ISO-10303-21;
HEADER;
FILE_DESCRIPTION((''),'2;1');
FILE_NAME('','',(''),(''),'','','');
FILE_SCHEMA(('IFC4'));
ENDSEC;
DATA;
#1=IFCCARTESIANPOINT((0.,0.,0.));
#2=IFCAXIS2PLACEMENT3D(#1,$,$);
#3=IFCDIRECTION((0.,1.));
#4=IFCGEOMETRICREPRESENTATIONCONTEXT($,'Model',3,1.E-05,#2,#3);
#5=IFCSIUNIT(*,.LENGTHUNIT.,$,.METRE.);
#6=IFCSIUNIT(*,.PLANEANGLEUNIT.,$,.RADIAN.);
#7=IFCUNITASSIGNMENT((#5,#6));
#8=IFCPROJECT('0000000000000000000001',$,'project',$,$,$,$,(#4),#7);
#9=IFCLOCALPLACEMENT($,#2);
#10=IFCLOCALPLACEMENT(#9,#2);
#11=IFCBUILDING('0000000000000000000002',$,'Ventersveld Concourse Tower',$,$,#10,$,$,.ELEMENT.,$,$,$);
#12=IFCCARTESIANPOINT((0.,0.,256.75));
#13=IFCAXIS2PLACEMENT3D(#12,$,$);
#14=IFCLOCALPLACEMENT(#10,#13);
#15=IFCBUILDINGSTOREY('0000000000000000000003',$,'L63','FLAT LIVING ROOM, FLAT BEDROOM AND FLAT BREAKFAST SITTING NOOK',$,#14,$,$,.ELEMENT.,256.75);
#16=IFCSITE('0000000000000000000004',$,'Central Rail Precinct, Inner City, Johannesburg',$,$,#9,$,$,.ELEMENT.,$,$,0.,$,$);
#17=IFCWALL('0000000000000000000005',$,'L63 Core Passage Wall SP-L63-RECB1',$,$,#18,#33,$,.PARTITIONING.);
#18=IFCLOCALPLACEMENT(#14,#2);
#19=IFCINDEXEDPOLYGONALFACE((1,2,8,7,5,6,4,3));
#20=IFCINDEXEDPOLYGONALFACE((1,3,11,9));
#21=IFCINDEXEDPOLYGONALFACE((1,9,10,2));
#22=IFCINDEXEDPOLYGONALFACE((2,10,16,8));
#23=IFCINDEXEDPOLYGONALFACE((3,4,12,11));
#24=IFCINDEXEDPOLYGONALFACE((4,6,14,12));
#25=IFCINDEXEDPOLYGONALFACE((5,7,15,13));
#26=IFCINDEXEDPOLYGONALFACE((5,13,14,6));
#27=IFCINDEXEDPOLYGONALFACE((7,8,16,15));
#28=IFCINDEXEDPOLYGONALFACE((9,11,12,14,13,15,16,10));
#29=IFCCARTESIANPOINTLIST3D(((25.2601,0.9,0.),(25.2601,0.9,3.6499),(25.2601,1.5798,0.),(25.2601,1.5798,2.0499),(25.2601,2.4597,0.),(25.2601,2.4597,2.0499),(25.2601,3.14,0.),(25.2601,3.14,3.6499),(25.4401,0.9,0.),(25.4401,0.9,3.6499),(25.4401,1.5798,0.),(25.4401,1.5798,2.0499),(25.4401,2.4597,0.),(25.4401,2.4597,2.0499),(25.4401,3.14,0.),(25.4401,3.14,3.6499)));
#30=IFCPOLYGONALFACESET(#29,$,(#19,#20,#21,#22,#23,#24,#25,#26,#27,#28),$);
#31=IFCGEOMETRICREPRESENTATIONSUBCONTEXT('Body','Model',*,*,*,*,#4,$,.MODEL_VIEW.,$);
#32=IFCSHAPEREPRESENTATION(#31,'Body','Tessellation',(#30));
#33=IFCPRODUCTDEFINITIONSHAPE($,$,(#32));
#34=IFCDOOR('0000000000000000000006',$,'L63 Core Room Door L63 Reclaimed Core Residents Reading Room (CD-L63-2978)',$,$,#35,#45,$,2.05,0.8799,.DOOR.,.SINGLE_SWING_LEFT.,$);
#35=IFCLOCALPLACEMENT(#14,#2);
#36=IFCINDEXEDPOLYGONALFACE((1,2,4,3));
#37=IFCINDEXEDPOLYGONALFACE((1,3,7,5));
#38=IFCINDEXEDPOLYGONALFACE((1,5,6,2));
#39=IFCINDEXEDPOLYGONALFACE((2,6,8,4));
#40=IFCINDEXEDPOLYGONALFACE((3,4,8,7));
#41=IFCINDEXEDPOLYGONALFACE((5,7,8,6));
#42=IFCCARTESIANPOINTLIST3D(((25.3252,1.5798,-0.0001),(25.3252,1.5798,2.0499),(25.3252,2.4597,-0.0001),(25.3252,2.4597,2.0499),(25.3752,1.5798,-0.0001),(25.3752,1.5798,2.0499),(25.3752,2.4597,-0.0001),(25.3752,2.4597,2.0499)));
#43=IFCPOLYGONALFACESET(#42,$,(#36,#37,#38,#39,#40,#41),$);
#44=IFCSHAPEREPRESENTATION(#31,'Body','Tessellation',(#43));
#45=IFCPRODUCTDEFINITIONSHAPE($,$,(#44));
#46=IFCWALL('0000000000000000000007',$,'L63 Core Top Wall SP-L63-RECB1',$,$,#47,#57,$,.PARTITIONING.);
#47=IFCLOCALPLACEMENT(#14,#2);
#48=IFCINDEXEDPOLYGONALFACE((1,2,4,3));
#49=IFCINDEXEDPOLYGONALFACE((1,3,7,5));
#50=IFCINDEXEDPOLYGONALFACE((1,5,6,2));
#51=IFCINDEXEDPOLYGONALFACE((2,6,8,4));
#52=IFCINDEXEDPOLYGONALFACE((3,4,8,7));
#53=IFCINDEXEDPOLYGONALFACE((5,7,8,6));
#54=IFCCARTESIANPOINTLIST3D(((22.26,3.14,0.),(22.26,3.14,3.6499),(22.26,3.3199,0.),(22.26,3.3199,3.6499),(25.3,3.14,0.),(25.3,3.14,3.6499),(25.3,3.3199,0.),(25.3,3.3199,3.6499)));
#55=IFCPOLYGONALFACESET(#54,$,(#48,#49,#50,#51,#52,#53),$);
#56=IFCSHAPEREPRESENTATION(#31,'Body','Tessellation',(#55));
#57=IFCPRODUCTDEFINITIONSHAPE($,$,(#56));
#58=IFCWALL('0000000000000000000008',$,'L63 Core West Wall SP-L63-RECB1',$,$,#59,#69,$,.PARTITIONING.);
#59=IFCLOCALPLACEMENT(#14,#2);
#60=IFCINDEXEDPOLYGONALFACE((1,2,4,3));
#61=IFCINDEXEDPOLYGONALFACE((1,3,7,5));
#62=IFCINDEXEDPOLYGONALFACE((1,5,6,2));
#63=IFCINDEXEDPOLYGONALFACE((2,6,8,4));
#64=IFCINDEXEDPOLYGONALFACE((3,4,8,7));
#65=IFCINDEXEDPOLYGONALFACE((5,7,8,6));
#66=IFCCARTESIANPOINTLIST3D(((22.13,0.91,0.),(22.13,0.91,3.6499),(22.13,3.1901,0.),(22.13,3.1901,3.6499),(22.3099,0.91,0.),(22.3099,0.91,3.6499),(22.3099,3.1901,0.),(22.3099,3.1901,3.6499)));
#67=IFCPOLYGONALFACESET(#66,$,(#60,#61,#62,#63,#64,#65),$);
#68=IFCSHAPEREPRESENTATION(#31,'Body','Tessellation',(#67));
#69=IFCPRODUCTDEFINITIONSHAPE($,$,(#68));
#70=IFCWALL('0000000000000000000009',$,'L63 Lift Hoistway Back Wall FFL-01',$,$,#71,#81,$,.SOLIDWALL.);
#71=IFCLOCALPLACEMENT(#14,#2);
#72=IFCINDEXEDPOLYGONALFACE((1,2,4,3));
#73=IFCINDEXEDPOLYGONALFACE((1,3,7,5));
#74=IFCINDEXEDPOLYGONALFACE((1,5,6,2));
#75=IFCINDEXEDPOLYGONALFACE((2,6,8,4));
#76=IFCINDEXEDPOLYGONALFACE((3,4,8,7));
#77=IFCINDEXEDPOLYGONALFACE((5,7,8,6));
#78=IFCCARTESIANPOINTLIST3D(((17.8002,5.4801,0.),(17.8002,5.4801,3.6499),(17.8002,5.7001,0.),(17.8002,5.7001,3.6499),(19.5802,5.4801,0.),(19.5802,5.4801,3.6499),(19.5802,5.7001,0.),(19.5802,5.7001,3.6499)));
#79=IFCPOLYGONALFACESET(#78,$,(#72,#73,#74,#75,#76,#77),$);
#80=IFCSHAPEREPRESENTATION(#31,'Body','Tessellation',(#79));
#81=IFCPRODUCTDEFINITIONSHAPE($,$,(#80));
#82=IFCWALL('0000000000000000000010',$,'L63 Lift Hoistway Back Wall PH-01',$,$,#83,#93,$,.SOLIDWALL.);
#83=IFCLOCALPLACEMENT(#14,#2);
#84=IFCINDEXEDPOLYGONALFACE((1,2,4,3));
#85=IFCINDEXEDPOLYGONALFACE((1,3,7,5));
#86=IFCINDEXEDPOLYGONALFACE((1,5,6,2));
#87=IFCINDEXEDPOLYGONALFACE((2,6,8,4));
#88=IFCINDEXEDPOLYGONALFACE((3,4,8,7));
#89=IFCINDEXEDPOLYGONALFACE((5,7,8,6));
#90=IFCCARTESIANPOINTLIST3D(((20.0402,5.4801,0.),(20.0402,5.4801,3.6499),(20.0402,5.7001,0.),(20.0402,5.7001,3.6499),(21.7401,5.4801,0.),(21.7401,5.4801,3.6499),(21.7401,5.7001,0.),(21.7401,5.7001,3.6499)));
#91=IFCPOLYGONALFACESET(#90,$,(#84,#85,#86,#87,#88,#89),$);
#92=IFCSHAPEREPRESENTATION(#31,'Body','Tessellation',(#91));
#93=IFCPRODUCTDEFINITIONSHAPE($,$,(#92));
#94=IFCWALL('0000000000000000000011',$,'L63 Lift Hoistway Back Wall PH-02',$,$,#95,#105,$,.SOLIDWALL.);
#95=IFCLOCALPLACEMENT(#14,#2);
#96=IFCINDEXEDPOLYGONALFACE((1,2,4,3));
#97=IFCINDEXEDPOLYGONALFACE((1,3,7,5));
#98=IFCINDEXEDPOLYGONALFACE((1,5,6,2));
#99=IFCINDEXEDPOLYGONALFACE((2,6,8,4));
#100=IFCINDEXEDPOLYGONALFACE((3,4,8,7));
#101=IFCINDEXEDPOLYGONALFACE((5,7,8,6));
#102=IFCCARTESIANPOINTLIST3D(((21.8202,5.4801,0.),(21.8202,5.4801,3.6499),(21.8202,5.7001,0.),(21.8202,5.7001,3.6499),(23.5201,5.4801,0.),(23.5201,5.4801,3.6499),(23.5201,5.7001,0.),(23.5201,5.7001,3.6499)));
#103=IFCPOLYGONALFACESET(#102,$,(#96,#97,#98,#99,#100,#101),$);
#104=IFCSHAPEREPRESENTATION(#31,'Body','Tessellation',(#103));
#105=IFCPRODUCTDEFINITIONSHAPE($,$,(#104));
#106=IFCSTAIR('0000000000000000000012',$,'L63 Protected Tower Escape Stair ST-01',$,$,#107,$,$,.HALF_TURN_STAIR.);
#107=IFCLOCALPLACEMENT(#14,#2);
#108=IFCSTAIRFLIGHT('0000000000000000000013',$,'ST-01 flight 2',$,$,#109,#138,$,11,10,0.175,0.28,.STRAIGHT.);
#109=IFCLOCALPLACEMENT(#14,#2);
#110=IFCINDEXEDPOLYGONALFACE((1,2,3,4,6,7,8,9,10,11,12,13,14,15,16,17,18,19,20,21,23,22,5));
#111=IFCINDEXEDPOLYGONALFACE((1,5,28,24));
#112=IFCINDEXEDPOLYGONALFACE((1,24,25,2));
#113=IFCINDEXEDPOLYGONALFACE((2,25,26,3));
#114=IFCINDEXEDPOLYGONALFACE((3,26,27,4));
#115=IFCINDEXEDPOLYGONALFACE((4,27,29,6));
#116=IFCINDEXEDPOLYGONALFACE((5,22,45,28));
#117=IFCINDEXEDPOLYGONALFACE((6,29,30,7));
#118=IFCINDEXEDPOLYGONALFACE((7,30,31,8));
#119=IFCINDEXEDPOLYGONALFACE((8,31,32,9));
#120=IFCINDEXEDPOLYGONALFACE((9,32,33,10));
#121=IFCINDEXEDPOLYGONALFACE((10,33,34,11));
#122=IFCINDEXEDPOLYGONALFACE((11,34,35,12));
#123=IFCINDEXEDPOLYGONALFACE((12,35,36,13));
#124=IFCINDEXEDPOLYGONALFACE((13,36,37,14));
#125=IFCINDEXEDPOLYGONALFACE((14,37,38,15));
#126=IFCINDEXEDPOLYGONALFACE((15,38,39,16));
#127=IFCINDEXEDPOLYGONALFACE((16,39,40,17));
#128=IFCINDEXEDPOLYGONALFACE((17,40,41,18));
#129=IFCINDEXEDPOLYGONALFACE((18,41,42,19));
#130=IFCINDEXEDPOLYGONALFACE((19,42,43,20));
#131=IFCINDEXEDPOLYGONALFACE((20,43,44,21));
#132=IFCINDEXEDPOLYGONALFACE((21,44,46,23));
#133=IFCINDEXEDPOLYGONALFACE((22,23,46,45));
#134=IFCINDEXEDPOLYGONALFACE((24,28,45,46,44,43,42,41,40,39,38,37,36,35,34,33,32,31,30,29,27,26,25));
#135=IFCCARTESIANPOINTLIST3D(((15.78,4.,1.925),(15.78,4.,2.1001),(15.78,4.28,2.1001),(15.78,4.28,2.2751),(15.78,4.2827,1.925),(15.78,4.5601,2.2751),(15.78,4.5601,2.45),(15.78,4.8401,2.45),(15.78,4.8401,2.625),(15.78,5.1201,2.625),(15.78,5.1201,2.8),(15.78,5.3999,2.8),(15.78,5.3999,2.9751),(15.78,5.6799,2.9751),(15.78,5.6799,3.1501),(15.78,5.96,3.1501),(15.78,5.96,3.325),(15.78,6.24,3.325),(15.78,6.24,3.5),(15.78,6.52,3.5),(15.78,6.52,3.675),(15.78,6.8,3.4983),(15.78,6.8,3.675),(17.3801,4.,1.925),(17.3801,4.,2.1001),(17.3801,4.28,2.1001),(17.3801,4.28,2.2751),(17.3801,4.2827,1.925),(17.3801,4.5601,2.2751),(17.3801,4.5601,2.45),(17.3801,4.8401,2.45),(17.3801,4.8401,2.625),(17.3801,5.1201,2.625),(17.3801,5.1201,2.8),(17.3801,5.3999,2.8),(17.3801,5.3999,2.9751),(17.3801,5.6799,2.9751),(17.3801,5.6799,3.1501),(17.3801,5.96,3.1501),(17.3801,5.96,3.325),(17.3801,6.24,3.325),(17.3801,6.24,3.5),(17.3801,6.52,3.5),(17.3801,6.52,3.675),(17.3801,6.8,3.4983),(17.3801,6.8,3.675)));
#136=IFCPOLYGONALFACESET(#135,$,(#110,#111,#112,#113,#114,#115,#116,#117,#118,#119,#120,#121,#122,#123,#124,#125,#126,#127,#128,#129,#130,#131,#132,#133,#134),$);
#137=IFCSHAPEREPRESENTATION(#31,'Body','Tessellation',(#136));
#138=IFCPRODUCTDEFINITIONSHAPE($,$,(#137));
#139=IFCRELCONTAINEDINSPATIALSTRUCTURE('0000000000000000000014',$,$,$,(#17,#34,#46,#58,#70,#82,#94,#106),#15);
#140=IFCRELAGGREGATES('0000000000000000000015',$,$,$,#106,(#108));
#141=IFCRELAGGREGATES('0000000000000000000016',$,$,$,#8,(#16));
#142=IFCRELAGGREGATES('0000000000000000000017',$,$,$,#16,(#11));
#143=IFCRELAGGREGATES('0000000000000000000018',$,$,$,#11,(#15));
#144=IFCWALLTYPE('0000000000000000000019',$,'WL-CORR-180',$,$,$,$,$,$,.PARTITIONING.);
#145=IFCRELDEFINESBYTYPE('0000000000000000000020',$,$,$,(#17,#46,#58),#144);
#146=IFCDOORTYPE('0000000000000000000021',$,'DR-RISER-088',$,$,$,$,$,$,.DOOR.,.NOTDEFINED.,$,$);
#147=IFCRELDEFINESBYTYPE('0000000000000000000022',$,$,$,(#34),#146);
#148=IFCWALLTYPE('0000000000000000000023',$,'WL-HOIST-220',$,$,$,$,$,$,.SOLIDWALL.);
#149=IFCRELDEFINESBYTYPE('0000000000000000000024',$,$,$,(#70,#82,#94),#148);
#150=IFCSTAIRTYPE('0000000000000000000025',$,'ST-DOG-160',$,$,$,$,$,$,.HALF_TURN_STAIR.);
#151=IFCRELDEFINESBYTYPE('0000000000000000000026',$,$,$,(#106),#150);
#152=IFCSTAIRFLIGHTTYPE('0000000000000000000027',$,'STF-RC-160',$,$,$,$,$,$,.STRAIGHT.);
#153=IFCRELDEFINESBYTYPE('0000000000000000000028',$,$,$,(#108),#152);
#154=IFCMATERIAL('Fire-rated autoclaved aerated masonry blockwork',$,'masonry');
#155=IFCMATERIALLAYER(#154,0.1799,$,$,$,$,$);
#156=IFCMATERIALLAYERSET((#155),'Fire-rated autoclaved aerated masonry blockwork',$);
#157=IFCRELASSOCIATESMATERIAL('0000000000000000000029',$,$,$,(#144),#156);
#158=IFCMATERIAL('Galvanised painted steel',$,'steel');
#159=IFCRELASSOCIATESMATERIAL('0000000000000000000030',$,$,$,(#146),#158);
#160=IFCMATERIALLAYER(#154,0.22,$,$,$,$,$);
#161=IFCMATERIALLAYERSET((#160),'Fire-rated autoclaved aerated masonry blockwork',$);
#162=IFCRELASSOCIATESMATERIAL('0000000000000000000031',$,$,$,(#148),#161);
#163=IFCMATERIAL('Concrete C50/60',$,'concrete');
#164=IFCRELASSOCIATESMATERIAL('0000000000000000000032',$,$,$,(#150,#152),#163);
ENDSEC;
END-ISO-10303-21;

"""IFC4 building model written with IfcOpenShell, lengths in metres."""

from ifc_helpers import new_model, si_unit, direction, frame, frame_2d, origin, place, context, subcontext, project, spatial, polyline, rectangle, outline, extrude, material, layer, layer_set, type_object, element, fill, aggregate, save


model = new_model("IFC4")

# Units and contexts
model_context = context("Model", 3, precision=1e-05, world=origin(), true_north=direction((0.0, 1.0)))
body_context = subcontext(model_context, "Body", "Model", "MODEL_VIEW")
ifc_project = project(units=[si_unit("LENGTHUNIT", "METRE"), si_unit("PLANEANGLEUNIT", "RADIAN")], contexts=[model_context])

# Site, building, storey
site_placement = place(None, origin())
site = spatial("IfcSite", under=ifc_project, at=site_placement, Name="Central Rail Precinct, Inner City, Johannesburg", CompositionType="ELEMENT", RefElevation=0.0)
building_placement = place(site_placement, origin())
building = spatial("IfcBuilding", under=site, at=building_placement, Name="Ventersveld Concourse Tower", CompositionType="ELEMENT")
storey_placement = place(building_placement, frame((0.0, 0.0, 256.75)))
storey = spatial("IfcBuildingStorey", under=building, at=storey_placement, Name="L63", Description="FLAT LIVING ROOM, FLAT BEDROOM AND FLAT BREAKFAST SITTING NOOK", CompositionType="ELEMENT", Elevation=256.75)

# Shared definitions
ifc_material_1 = material(Name="Concrete C50/60", Category="concrete")

# Wall, opening, door
ifc_material_2 = material(Name="Fire-rated autoclaved aerated masonry blockwork", Category="masonry")
ifc_layer_1 = layer(ifc_material_2, 0.1799)
ifc_layer_set_1 = layer_set([ifc_layer_1], Name="Fire-rated autoclaved aerated masonry blockwork")
wall_type_1 = type_object("IfcWallType", Name="WL-CORR-180", PredefinedType="PARTITIONING", material=ifc_layer_set_1)
wall_1_placement = place(storey_placement, frame((25.3501, 0.8999, 0.0), z_axis=(0.0, 0.0, 1.0), x_axis=(0.0, 1.0, 0.0)))
wall_1 = element("IfcWall", 1, at=wall_1_placement, inside=storey, type_object=wall_type_1, Name="L63 Core Passage Wall SP-L63-RECB1", PredefinedType="PARTITIONING", context=body_context, shape_type="SweptSolid", body=[
    extrude(rectangle(XDim=2.24, YDim=0.1799, at=frame_2d((1.1201, 0.0))), origin(), (0.0, 0.0, 1.0), 3.6499),
])
opening_placement = place(wall_1_placement, frame((0.6799, 0.0, 0.0)))
opening = element("IfcOpeningElement", 2, at=opening_placement, cuts=wall_1, PredefinedType="OPENING", context=body_context, shape_type="SweptSolid", body=[
    extrude(rectangle(XDim=0.8799, YDim=2.05, at=frame_2d((0.4399, 1.0249))), frame((0.0, 0.1001, 0.0), z_axis=(0.0, -1.0, 0.0), x_axis=(1.0, 0.0, 0.0)), (0.0, 0.0, 1.0), 0.2),
])
ifc_material_3 = material(Name="Galvanised painted steel", Category="steel")
door_type = type_object("IfcDoorType", Name="DR-RISER-088", OperationType="NOTDEFINED", PredefinedType="DOOR", material=ifc_material_3)
door_placement = place(opening_placement, origin())
door = element("IfcDoor", 3, at=door_placement, inside=storey, type_object=door_type, Name="L63 Core Room Door L63 Reclaimed Core Residents Reading Room (CD-L63-2978)", OperationType="SINGLE_SWING_LEFT", OverallHeight=2.05, OverallWidth=0.8799, PredefinedType="DOOR", context=body_context, shape_type="SweptSolid", body=[
    extrude(rectangle(XDim=0.8799, YDim=2.05, at=frame_2d((0.4399, 1.0249))), frame((0.0, 0.0249, 0.0), z_axis=(0.0, -1.0, 0.0), x_axis=(1.0, 0.0, 0.0)), (0.0, 0.0, 1.0), 0.05),
])
fill(opening, door)

# Walls
wall_2_placement = place(storey_placement, frame((22.26, 3.23, 0.0), z_axis=(0.0, 0.0, 1.0), x_axis=(1.0, 0.0, 0.0)))
element("IfcWall", 4, at=wall_2_placement, inside=storey, type_object=wall_type_1, Name="L63 Core Top Wall SP-L63-RECB1", PredefinedType="PARTITIONING", context=body_context, shape_type="SweptSolid", body=[
    extrude(rectangle(XDim=3.04, YDim=0.1799, at=frame_2d((1.52, 0.0))), origin(), (0.0, 0.0, 1.0), 3.6499),
])
wall_3_placement = place(storey_placement, frame((22.22, 0.9099, 0.0), z_axis=(0.0, 0.0, 1.0), x_axis=(0.0, 1.0, 0.0)))
element("IfcWall", 5, at=wall_3_placement, inside=storey, type_object=wall_type_1, Name="L63 Core West Wall SP-L63-RECB1", PredefinedType="PARTITIONING", context=body_context, shape_type="SweptSolid", body=[
    extrude(rectangle(XDim=2.28, YDim=0.1799, at=frame_2d((1.1401, 0.0))), origin(), (0.0, 0.0, 1.0), 3.6499),
])
ifc_layer_2 = layer(ifc_material_2, 0.22)
ifc_layer_set_2 = layer_set([ifc_layer_2], Name="Fire-rated autoclaved aerated masonry blockwork")
wall_type_2 = type_object("IfcWallType", Name="WL-HOIST-220", PredefinedType="SOLIDWALL", material=ifc_layer_set_2)
wall_4_placement = place(storey_placement, frame((17.8, 5.5901, 0.0), z_axis=(0.0, 0.0, 1.0), x_axis=(1.0, 0.0, 0.0)))
element("IfcWall", 6, at=wall_4_placement, inside=storey, type_object=wall_type_2, Name="L63 Lift Hoistway Back Wall FFL-01", PredefinedType="SOLIDWALL", context=body_context, shape_type="SweptSolid", body=[
    extrude(rectangle(XDim=1.78, YDim=0.22, at=frame_2d((0.8901, 0.0))), origin(), (0.0, 0.0, 1.0), 3.6499),
])
for number, where, z_axis, x_axis, name in (
    (7, (20.04, 5.5901, 0.0), (0.0, 0.0, 1.0), (1.0, 0.0, 0.0), "L63 Lift Hoistway Back Wall PH-01"),
    (8, (21.8201, 5.5901, 0.0), (0.0, 0.0, 1.0), (1.0, 0.0, 0.0), "L63 Lift Hoistway Back Wall PH-02"),
):
    element("IfcWall", number, at=place(storey_placement, frame(where, z_axis=z_axis, x_axis=x_axis)), inside=storey, type_object=wall_type_2, Name=name, PredefinedType="SOLIDWALL", context=body_context, shape_type="SweptSolid", body=[
        extrude(rectangle(XDim=1.7, YDim=0.22, at=frame_2d((0.8501, 0.0))), origin(), (0.0, 0.0, 1.0), 3.6499),
    ])

# Stair, stair flight
stair_type = type_object("IfcStairType", Name="ST-DOG-160", PredefinedType="HALF_TURN_STAIR", material=ifc_material_1)
stair_placement = place(storey_placement, origin())
stair = element("IfcStair", 9, at=stair_placement, inside=storey, type_object=stair_type, Name="L63 Protected Tower Escape Stair ST-01", PredefinedType="HALF_TURN_STAIR")
stair_flight_type = type_object("IfcStairFlightType", Name="STF-RC-160", PredefinedType="STRAIGHT", material=ifc_material_1)
stair_flight_placement = place(storey_placement, frame((16.5801, 4.0, 1.925), z_axis=(0.0, 0.0, 1.0), x_axis=(0.0, 1.0, 0.0)))
stair_flight = element("IfcStairFlight", 10, at=stair_flight_placement, type_object=stair_flight_type, Name="ST-01 flight 2", NumberOfRisers=11, NumberOfTreads=10, PredefinedType="STRAIGHT", RiserHeight=0.175, TreadLength=0.28, context=body_context, shape_type="SweptSolid", body=[
    extrude(outline(polyline([(0.0, 0.0), (0.0, 0.175), (0.28, 0.175), (0.28, 0.3501), (0.5601, 0.3501), (0.5601, 0.5249), (0.8401, 0.5249), (0.8401, 0.7), (1.1201, 0.7), (1.1201, 0.875), (1.3999, 0.875), (1.3999, 1.05), (1.6799, 1.05), (1.6799, 1.2251), (1.96, 1.2251), (1.96, 1.3999), (2.24, 1.3999), (2.24, 1.575), (2.52, 1.575), (2.52, 1.75), (2.8, 1.75), (2.8, 1.925), (2.8, 1.5732), (0.2827, 0.0), (0.0, 0.0)])), frame((0.0, 0.8, 0.0), z_axis=(0.0, -1.0, 0.0), x_axis=(1.0, 0.0, 0.0)), (0.0, 0.0, 1.0), 1.6001),
])
aggregate(stair, [stair_flight])

save(model, "model.ifc")
